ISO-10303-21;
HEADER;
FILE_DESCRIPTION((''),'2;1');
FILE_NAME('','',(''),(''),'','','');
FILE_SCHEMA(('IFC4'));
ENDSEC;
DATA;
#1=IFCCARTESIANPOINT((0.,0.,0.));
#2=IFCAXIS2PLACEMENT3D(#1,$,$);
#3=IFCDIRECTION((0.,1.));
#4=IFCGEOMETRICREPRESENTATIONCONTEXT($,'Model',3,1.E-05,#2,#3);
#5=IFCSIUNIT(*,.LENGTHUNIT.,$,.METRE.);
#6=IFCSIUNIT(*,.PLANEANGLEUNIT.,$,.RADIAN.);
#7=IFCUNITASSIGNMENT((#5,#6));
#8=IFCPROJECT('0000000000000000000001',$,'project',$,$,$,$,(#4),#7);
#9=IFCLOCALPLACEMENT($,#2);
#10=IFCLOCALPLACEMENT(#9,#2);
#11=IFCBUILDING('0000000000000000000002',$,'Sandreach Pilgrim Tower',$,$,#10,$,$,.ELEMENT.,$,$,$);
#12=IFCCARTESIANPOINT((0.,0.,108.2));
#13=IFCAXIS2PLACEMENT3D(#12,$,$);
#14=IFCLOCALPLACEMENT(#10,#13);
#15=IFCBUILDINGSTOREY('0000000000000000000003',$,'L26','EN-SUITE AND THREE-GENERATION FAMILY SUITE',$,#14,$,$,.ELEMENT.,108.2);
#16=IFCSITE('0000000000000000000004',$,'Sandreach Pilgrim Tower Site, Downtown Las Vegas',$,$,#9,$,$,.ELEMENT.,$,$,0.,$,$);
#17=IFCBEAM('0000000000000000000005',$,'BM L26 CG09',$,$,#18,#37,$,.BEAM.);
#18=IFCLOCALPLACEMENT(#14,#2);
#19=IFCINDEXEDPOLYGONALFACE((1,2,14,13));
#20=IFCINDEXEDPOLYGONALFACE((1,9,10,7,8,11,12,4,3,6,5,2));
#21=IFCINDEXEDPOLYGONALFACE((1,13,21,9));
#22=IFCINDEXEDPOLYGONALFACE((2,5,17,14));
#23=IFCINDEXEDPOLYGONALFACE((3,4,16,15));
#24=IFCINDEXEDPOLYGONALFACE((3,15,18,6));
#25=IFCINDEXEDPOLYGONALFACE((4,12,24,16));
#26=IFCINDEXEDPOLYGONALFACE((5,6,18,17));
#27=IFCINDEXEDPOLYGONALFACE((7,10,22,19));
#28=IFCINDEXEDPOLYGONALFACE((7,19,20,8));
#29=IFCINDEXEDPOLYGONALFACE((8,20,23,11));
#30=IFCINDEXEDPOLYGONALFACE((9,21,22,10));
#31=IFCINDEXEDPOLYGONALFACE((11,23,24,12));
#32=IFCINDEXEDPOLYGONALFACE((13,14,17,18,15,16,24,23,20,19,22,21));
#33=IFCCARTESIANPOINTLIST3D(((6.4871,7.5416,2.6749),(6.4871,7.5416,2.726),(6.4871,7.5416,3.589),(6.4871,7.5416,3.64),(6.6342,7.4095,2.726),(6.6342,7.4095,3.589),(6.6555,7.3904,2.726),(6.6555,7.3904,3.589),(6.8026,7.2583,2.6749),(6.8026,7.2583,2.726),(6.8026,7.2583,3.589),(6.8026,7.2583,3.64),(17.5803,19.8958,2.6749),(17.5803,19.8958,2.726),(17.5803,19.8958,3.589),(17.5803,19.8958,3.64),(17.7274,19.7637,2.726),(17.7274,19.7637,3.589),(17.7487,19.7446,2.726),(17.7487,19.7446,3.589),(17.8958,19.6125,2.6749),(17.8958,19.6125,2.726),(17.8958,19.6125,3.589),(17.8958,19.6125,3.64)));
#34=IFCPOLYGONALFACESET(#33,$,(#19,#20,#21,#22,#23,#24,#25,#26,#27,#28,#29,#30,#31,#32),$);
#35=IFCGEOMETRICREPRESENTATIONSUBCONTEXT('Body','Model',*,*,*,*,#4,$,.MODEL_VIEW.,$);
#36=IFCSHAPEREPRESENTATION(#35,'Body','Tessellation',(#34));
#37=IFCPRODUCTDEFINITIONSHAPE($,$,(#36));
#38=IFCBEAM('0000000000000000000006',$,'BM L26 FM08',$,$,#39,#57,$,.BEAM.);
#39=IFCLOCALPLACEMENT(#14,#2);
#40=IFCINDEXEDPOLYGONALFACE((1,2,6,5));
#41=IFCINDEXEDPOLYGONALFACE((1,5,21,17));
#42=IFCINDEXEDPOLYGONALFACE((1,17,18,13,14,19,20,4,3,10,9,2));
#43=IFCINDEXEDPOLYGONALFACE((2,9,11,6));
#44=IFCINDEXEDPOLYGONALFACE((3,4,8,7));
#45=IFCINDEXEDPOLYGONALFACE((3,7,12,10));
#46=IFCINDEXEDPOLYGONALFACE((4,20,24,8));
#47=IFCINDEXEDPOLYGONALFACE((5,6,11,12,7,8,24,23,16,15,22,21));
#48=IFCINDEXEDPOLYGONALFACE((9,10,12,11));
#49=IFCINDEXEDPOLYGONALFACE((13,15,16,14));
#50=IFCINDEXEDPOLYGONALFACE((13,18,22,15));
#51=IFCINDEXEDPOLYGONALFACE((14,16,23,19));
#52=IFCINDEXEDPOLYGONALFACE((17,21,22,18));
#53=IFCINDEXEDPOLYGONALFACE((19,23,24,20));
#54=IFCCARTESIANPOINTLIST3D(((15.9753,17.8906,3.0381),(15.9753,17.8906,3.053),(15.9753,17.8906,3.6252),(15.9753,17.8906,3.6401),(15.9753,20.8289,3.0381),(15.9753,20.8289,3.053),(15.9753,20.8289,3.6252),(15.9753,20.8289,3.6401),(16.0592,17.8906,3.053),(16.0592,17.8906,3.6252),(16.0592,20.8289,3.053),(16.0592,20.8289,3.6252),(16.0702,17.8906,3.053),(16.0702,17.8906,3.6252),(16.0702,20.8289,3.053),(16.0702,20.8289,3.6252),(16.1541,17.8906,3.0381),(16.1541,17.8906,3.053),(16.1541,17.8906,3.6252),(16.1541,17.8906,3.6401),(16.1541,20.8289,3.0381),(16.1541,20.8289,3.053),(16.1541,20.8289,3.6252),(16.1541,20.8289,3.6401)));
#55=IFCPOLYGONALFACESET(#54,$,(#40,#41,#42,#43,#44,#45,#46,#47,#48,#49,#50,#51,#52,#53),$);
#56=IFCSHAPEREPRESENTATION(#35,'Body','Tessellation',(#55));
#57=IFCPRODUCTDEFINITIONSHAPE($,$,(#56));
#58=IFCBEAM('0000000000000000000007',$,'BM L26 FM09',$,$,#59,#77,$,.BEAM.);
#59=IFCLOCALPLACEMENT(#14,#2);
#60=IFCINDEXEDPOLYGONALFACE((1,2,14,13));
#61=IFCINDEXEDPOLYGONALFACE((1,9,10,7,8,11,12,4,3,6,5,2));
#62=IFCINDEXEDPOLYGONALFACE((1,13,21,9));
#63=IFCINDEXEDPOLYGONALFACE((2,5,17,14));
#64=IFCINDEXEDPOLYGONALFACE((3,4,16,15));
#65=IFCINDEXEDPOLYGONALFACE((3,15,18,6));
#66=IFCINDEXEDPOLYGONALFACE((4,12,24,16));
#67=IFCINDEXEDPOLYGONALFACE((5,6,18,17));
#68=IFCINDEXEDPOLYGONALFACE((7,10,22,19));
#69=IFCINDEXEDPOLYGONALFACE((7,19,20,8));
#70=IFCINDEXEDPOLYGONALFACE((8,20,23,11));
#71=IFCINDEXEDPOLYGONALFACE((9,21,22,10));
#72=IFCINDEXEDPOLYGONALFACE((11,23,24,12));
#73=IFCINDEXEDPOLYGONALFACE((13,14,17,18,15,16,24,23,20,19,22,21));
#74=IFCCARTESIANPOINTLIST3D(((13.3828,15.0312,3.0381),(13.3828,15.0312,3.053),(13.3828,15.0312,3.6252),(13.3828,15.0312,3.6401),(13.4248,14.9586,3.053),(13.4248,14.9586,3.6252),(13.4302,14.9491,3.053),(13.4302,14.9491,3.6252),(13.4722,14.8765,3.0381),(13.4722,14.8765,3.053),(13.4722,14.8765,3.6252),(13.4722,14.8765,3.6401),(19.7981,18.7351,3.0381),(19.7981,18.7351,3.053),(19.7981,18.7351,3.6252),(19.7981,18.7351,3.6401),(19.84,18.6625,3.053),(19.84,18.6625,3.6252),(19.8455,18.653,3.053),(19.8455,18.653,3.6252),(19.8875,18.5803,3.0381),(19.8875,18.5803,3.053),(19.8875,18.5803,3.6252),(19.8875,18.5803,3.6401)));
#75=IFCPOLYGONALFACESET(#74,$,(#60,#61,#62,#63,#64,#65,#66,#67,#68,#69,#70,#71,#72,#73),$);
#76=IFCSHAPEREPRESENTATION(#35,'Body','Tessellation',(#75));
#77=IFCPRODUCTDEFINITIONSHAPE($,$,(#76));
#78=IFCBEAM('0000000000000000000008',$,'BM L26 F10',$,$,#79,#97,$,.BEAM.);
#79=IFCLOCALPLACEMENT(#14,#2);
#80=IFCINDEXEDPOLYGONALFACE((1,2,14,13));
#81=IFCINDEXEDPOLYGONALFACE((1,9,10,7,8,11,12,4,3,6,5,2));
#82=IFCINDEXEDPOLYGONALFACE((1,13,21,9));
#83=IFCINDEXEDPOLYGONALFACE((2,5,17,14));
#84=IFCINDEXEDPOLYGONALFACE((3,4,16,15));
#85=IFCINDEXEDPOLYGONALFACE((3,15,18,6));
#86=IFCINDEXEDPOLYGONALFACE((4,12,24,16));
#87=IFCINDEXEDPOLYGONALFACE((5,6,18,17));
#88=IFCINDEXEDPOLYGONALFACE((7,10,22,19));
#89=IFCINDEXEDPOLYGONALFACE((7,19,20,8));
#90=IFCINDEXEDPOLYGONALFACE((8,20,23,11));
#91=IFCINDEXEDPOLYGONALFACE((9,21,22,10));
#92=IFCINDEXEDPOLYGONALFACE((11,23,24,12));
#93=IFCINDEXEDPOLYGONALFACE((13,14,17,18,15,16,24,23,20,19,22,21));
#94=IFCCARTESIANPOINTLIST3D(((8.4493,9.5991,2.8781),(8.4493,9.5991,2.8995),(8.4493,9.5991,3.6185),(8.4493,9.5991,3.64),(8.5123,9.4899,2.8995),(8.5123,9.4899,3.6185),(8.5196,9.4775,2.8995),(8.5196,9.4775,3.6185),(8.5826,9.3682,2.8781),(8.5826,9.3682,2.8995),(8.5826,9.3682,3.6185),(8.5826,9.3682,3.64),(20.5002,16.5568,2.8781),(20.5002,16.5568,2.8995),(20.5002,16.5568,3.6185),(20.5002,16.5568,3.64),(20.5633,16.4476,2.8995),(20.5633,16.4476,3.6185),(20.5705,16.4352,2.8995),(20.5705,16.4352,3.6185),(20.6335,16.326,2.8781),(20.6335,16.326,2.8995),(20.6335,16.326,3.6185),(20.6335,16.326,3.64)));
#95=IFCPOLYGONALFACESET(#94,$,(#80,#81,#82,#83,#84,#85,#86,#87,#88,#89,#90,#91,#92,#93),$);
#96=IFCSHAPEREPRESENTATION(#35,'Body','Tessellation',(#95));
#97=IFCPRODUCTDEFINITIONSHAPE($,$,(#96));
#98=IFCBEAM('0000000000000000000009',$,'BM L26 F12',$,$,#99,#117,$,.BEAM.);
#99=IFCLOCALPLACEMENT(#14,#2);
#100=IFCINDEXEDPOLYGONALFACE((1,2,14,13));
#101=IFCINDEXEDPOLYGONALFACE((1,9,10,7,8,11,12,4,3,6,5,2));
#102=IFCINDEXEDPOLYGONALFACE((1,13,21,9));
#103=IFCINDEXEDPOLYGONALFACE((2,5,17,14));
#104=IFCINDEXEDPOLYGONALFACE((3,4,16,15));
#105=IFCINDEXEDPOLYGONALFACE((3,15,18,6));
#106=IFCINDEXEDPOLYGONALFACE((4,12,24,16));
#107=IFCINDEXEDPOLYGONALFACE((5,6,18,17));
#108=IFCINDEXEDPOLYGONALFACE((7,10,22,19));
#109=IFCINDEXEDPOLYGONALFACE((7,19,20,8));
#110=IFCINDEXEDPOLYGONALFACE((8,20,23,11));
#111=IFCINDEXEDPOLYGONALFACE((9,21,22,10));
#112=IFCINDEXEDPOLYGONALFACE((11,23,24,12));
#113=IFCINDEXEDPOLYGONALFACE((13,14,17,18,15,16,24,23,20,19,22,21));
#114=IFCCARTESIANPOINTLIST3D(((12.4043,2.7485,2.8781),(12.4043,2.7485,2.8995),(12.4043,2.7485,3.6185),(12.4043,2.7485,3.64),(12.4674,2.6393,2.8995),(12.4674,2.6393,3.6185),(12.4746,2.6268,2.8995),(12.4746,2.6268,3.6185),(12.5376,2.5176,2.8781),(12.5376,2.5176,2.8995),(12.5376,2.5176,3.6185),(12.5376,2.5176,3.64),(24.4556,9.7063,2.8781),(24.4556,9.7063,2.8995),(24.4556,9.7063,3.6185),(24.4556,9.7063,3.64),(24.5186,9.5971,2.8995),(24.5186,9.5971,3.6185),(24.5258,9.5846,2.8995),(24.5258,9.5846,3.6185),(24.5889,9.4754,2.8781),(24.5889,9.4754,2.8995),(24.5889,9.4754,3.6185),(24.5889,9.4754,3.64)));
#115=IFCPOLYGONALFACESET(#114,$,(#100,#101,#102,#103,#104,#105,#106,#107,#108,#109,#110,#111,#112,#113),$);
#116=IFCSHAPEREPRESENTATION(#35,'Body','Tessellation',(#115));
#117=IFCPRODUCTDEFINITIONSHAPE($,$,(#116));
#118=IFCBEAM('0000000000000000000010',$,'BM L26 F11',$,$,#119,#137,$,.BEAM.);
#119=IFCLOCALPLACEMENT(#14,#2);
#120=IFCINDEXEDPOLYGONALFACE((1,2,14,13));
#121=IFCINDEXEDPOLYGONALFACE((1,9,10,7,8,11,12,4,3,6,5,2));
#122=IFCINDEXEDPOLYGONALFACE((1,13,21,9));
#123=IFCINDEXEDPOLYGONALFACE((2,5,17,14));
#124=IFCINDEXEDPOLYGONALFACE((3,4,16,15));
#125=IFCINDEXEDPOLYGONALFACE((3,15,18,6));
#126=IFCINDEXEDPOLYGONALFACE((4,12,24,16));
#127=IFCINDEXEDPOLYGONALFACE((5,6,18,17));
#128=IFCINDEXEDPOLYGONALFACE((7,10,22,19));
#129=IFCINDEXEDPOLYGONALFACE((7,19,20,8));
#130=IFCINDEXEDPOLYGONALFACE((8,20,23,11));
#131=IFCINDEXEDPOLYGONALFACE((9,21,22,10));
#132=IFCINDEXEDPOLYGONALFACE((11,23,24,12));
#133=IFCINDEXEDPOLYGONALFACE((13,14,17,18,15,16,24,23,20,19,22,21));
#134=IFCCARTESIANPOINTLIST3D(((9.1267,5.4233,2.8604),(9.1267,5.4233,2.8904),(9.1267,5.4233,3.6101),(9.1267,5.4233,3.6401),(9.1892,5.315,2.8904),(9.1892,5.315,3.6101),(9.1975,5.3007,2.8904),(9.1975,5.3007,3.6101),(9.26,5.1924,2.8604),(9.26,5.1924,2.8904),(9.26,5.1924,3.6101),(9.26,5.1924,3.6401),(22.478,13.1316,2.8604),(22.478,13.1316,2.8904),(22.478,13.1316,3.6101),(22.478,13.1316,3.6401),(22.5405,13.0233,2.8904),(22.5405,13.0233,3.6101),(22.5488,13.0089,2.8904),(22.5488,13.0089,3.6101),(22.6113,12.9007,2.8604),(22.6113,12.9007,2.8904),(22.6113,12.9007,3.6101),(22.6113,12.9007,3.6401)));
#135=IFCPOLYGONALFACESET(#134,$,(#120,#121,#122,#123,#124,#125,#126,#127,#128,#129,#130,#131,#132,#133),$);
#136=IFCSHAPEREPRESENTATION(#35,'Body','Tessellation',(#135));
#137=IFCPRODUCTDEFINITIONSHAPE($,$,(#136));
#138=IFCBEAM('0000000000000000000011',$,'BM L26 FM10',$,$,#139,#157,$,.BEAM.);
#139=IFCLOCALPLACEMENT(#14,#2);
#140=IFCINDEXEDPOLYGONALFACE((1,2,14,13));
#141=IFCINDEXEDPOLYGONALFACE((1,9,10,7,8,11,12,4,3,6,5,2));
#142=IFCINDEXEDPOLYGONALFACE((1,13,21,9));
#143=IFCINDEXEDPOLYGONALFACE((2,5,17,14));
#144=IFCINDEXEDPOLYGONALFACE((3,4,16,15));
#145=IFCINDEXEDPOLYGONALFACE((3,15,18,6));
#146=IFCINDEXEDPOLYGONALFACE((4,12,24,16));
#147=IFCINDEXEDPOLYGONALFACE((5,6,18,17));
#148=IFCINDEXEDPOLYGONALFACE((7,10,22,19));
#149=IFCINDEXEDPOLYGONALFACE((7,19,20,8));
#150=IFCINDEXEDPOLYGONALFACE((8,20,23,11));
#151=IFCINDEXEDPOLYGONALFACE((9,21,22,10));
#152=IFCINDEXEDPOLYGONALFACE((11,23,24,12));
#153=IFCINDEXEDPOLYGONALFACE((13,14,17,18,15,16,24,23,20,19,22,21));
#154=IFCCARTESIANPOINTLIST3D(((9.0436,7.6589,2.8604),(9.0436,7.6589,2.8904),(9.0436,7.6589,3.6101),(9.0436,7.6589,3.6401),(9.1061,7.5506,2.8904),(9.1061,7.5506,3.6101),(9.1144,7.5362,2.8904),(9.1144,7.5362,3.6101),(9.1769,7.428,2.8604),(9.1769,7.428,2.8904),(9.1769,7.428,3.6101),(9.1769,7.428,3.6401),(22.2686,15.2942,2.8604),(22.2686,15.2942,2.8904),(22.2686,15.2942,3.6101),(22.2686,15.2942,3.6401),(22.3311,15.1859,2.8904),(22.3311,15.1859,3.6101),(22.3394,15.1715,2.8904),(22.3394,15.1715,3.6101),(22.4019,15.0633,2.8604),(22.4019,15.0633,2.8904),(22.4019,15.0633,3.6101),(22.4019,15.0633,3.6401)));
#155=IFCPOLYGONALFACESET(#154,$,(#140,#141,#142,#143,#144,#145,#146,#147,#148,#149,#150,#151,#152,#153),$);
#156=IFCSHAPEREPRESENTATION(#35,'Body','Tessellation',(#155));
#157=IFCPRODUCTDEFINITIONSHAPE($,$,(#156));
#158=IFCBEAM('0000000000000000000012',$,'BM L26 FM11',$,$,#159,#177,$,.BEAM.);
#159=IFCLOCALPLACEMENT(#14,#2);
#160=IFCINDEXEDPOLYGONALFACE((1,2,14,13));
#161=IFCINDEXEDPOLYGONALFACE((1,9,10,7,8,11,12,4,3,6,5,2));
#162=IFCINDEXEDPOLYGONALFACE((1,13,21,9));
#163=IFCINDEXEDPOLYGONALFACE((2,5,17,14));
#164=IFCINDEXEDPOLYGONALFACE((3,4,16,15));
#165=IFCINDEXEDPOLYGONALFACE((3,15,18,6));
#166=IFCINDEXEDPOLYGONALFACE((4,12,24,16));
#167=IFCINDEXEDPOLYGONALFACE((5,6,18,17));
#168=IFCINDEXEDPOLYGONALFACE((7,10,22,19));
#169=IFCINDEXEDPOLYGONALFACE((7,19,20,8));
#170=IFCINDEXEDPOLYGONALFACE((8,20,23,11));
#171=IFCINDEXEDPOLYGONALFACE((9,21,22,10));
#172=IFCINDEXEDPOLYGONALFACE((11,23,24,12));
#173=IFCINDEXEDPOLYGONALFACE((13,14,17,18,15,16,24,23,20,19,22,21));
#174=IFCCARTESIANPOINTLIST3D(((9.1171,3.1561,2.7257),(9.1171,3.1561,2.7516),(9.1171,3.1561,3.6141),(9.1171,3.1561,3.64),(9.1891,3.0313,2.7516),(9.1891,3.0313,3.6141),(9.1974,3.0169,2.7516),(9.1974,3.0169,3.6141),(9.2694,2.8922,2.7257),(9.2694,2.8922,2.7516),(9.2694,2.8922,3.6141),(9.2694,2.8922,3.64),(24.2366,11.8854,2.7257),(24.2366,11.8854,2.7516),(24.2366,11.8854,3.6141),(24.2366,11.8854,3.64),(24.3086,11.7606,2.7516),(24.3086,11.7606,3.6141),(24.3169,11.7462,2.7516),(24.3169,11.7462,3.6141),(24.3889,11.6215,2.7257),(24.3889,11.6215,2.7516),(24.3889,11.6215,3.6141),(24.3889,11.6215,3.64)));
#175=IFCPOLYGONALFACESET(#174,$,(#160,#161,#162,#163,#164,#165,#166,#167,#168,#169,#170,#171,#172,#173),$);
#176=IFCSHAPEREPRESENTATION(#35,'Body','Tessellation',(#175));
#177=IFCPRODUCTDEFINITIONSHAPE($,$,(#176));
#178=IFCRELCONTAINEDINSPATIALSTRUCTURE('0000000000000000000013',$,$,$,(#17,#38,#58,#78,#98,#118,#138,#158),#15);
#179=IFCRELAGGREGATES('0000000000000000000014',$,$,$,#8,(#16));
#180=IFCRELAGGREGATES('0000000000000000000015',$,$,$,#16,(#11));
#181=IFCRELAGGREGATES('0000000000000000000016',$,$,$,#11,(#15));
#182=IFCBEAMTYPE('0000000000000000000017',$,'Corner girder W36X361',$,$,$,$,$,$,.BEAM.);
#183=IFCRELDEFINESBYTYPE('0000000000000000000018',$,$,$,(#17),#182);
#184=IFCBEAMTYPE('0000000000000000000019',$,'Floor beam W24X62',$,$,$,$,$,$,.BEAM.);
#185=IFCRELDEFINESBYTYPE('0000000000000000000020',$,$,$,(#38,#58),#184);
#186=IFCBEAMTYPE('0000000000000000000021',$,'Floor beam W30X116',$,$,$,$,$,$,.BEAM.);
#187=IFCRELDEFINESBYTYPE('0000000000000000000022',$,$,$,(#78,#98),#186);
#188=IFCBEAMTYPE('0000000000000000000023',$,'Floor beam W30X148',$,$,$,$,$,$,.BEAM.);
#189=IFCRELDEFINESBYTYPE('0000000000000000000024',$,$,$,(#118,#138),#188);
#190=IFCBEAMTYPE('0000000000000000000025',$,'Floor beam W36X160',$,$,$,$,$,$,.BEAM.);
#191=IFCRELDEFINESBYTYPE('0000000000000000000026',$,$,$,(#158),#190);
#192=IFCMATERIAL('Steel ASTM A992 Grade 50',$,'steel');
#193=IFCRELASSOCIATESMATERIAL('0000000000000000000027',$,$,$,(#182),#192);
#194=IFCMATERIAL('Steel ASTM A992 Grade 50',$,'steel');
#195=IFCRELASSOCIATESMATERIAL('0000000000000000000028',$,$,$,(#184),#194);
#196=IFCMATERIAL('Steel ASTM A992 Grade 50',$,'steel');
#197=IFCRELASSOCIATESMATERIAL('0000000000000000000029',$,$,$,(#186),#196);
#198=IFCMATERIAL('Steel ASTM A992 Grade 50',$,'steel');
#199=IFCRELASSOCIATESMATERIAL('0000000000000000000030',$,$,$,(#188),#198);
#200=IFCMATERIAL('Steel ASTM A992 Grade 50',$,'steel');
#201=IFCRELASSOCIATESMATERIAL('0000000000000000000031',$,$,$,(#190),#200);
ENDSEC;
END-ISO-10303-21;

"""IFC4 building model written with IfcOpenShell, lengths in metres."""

from ifc_helpers import new_model, si_unit, direction, frame, origin, origin_2d, place, context, subcontext, project, spatial, i_section, extrude, material, material_profile, profile_set, type_object, element, save


model = new_model("IFC4")

# Units and contexts
model_context = context("Model", 3, precision=1e-05, world=origin(), true_north=direction((0.0, 1.0)))
body_context = subcontext(model_context, "Body", "Model", "MODEL_VIEW")
ifc_project = project(units=[si_unit("LENGTHUNIT", "METRE"), si_unit("PLANEANGLEUNIT", "RADIAN")], contexts=[model_context])

# Site, building, storey
site_placement = place(None, origin())
site = spatial("IfcSite", under=ifc_project, at=site_placement, Name="Sandreach Pilgrim Tower Site, Downtown Las Vegas", CompositionType="ELEMENT", RefElevation=0.0)
building_placement = place(site_placement, origin())
building = spatial("IfcBuilding", under=site, at=building_placement, Name="Sandreach Pilgrim Tower", CompositionType="ELEMENT")
storey_placement = place(building_placement, frame((0.0, 0.0, 108.2)))
storey = spatial("IfcBuildingStorey", under=building, at=storey_placement, Name="L26", Description="EN-SUITE AND THREE-GENERATION FAMILY SUITE", CompositionType="ELEMENT", Elevation=108.2)

# Beams
ifc_material_1 = material(Name="Steel ASTM A992 Grade 50", Category="steel")
ifc_material_profile_1 = material_profile(ifc_material_1, i_section(OverallWidth=0.4241, OverallDepth=0.9651, WebThickness=0.0286, FlangeThickness=0.051, at=origin_2d()), Name="W36X361")
ifc_profile_set_1 = profile_set([ifc_material_profile_1], Name="Steel ASTM A992 Grade 50")
beam_type_1 = type_object("IfcBeamType", Name="Corner girder W36X361", PredefinedType="BEAM", material=ifc_profile_set_1)
beam_1_placement = place(storey_placement, frame((17.738, 19.7542, 3.1575), z_axis=(-0.668114, -0.744059, 0.0), x_axis=(0.744059, -0.668114, 0.0)))
element("IfcBeam", 1, at=beam_1_placement, inside=storey, type_object=beam_type_1, Name="BM L26 CG09", PredefinedType="BEAM", context=body_context, shape_type="SweptSolid", body=[
    extrude(i_section(OverallWidth=0.4241, OverallDepth=0.9651, WebThickness=0.0286, FlangeThickness=0.051, at=origin_2d()), origin(), (0.0, 0.0, 1.0), 16.6038),
])
ifc_material_2 = material(Name="Steel ASTM A992 Grade 50", Category="steel")
ifc_material_profile_2 = material_profile(ifc_material_2, i_section(OverallWidth=0.1787, OverallDepth=0.6021, WebThickness=0.011, FlangeThickness=0.0149, at=origin_2d()), Name="W24X62")
ifc_profile_set_2 = profile_set([ifc_material_profile_2], Name="Steel ASTM A992 Grade 50")
beam_type_2 = type_object("IfcBeamType", Name="Floor beam W24X62", PredefinedType="BEAM", material=ifc_profile_set_2)
beam_2_placement = place(storey_placement, frame((16.0647, 20.8289, 3.3391), z_axis=(0.0, -1.0, 0.0), x_axis=(1.0, 0.0, 0.0)))
element("IfcBeam", 2, at=beam_2_placement, inside=storey, type_object=beam_type_2, Name="BM L26 FM08", PredefinedType="BEAM", context=body_context, shape_type="SweptSolid", body=[
    extrude(i_section(OverallWidth=0.1787, OverallDepth=0.6021, WebThickness=0.011, FlangeThickness=0.0149, at=origin_2d()), origin(), (0.0, 0.0, 1.0), 2.9382),
])
beam_3_placement = place(storey_placement, frame((19.8428, 18.6577, 3.3391), z_axis=(-0.866026, -0.499999, 0.0), x_axis=(0.499999, -0.866026, 0.0)))
element("IfcBeam", 3, at=beam_3_placement, inside=storey, type_object=beam_type_2, Name="BM L26 FM09", PredefinedType="BEAM", context=body_context, shape_type="SweptSolid", body=[
    extrude(i_section(OverallWidth=0.1787, OverallDepth=0.6021, WebThickness=0.011, FlangeThickness=0.0149, at=origin_2d()), origin(), (0.0, 0.0, 1.0), 7.4077),
])
ifc_material_3 = material(Name="Steel ASTM A992 Grade 50", Category="steel")
ifc_material_profile_3 = material_profile(ifc_material_3, i_section(OverallWidth=0.2666, OverallDepth=0.762, WebThickness=0.0144, FlangeThickness=0.0215, at=origin_2d()), Name="W30X116")
ifc_profile_set_3 = profile_set([ifc_material_profile_3], Name="Steel ASTM A992 Grade 50")
beam_type_3 = type_object("IfcBeamType", Name="Floor beam W30X116", PredefinedType="BEAM", material=ifc_profile_set_3)
beam_4_placement = place(storey_placement, frame((20.5669, 16.4414, 3.259), z_axis=(-0.866022, -0.500005, 0.0), x_axis=(0.500005, -0.866022, 0.0)))
element("IfcBeam", 4, at=beam_4_placement, inside=storey, type_object=beam_type_3, Name="BM L26 F10", PredefinedType="BEAM", context=body_context, shape_type="SweptSolid", body=[
    extrude(i_section(OverallWidth=0.2666, OverallDepth=0.762, WebThickness=0.0144, FlangeThickness=0.0215, at=origin_2d()), origin(), (0.0, 0.0, 1.0), 13.9153),
])
beam_5_placement = place(storey_placement, frame((24.5222, 9.5908, 3.259), z_axis=(-0.866027, -0.499998, 0.0), x_axis=(0.499998, -0.866027, 0.0)))
element("IfcBeam", 5, at=beam_5_placement, inside=storey, type_object=beam_type_3, Name="BM L26 F12", PredefinedType="BEAM", context=body_context, shape_type="SweptSolid", body=[
    extrude(i_section(OverallWidth=0.2666, OverallDepth=0.762, WebThickness=0.0144, FlangeThickness=0.0215, at=origin_2d()), origin(), (0.0, 0.0, 1.0), 13.9155),
])
ifc_material_4 = material(Name="Steel ASTM A992 Grade 50", Category="steel")
ifc_material_profile_4 = material_profile(ifc_material_4, i_section(OverallWidth=0.2666, OverallDepth=0.7798, WebThickness=0.0166, FlangeThickness=0.03, at=origin_2d()), Name="W30X148")
ifc_profile_set_4 = profile_set([ifc_material_profile_4], Name="Steel ASTM A992 Grade 50")
beam_type_4 = type_object("IfcBeamType", Name="Floor beam W30X148", PredefinedType="BEAM", material=ifc_profile_set_4)
beam_6_placement = place(storey_placement, frame((22.5447, 13.0161, 3.2502), z_axis=(-0.866029, -0.499993, 0.0), x_axis=(0.499993, -0.866029, 0.0)))
element("IfcBeam", 6, at=beam_6_placement, inside=storey, type_object=beam_type_4, Name="BM L26 F11", PredefinedType="BEAM", context=body_context, shape_type="SweptSolid", body=[
    extrude(i_section(OverallWidth=0.2666, OverallDepth=0.7798, WebThickness=0.0166, FlangeThickness=0.03, at=origin_2d()), origin(), (0.0, 0.0, 1.0), 15.4167),
])
beam_7_placement = place(storey_placement, frame((22.3352, 15.1787, 3.2502), z_axis=(-0.866029, -0.499994, 0.0), x_axis=(0.499994, -0.866029, 0.0)))
element("IfcBeam", 7, at=beam_7_placement, inside=storey, type_object=beam_type_4, Name="BM L26 FM10", PredefinedType="BEAM", context=body_context, shape_type="SweptSolid", body=[
    extrude(i_section(OverallWidth=0.2666, OverallDepth=0.7798, WebThickness=0.0166, FlangeThickness=0.03, at=origin_2d()), origin(), (0.0, 0.0, 1.0), 15.2708),
])
ifc_material_5 = material(Name="Steel ASTM A992 Grade 50", Category="steel")
ifc_material_profile_5 = material_profile(ifc_material_5, i_section(OverallWidth=0.3047, OverallDepth=0.9143, WebThickness=0.0166, FlangeThickness=0.0259, at=origin_2d()), Name="W36X160")
ifc_profile_set_5 = profile_set([ifc_material_profile_5], Name="Steel ASTM A992 Grade 50")
beam_type_5 = type_object("IfcBeamType", Name="Floor beam W36X160", PredefinedType="BEAM", material=ifc_profile_set_5)
beam_8_placement = place(storey_placement, frame((24.3127, 11.7534, 3.1829), z_axis=(-0.866024, -0.500003, 0.0), x_axis=(0.500003, -0.866024, 0.0)))
element("IfcBeam", 8, at=beam_8_placement, inside=storey, type_object=beam_type_5, Name="BM L26 FM11", PredefinedType="BEAM", context=body_context, shape_type="SweptSolid", body=[
    extrude(i_section(OverallWidth=0.3047, OverallDepth=0.9143, WebThickness=0.0166, FlangeThickness=0.0259, at=origin_2d()), origin(), (0.0, 0.0, 1.0), 17.4585),
])

save(model, "model.ifc")
